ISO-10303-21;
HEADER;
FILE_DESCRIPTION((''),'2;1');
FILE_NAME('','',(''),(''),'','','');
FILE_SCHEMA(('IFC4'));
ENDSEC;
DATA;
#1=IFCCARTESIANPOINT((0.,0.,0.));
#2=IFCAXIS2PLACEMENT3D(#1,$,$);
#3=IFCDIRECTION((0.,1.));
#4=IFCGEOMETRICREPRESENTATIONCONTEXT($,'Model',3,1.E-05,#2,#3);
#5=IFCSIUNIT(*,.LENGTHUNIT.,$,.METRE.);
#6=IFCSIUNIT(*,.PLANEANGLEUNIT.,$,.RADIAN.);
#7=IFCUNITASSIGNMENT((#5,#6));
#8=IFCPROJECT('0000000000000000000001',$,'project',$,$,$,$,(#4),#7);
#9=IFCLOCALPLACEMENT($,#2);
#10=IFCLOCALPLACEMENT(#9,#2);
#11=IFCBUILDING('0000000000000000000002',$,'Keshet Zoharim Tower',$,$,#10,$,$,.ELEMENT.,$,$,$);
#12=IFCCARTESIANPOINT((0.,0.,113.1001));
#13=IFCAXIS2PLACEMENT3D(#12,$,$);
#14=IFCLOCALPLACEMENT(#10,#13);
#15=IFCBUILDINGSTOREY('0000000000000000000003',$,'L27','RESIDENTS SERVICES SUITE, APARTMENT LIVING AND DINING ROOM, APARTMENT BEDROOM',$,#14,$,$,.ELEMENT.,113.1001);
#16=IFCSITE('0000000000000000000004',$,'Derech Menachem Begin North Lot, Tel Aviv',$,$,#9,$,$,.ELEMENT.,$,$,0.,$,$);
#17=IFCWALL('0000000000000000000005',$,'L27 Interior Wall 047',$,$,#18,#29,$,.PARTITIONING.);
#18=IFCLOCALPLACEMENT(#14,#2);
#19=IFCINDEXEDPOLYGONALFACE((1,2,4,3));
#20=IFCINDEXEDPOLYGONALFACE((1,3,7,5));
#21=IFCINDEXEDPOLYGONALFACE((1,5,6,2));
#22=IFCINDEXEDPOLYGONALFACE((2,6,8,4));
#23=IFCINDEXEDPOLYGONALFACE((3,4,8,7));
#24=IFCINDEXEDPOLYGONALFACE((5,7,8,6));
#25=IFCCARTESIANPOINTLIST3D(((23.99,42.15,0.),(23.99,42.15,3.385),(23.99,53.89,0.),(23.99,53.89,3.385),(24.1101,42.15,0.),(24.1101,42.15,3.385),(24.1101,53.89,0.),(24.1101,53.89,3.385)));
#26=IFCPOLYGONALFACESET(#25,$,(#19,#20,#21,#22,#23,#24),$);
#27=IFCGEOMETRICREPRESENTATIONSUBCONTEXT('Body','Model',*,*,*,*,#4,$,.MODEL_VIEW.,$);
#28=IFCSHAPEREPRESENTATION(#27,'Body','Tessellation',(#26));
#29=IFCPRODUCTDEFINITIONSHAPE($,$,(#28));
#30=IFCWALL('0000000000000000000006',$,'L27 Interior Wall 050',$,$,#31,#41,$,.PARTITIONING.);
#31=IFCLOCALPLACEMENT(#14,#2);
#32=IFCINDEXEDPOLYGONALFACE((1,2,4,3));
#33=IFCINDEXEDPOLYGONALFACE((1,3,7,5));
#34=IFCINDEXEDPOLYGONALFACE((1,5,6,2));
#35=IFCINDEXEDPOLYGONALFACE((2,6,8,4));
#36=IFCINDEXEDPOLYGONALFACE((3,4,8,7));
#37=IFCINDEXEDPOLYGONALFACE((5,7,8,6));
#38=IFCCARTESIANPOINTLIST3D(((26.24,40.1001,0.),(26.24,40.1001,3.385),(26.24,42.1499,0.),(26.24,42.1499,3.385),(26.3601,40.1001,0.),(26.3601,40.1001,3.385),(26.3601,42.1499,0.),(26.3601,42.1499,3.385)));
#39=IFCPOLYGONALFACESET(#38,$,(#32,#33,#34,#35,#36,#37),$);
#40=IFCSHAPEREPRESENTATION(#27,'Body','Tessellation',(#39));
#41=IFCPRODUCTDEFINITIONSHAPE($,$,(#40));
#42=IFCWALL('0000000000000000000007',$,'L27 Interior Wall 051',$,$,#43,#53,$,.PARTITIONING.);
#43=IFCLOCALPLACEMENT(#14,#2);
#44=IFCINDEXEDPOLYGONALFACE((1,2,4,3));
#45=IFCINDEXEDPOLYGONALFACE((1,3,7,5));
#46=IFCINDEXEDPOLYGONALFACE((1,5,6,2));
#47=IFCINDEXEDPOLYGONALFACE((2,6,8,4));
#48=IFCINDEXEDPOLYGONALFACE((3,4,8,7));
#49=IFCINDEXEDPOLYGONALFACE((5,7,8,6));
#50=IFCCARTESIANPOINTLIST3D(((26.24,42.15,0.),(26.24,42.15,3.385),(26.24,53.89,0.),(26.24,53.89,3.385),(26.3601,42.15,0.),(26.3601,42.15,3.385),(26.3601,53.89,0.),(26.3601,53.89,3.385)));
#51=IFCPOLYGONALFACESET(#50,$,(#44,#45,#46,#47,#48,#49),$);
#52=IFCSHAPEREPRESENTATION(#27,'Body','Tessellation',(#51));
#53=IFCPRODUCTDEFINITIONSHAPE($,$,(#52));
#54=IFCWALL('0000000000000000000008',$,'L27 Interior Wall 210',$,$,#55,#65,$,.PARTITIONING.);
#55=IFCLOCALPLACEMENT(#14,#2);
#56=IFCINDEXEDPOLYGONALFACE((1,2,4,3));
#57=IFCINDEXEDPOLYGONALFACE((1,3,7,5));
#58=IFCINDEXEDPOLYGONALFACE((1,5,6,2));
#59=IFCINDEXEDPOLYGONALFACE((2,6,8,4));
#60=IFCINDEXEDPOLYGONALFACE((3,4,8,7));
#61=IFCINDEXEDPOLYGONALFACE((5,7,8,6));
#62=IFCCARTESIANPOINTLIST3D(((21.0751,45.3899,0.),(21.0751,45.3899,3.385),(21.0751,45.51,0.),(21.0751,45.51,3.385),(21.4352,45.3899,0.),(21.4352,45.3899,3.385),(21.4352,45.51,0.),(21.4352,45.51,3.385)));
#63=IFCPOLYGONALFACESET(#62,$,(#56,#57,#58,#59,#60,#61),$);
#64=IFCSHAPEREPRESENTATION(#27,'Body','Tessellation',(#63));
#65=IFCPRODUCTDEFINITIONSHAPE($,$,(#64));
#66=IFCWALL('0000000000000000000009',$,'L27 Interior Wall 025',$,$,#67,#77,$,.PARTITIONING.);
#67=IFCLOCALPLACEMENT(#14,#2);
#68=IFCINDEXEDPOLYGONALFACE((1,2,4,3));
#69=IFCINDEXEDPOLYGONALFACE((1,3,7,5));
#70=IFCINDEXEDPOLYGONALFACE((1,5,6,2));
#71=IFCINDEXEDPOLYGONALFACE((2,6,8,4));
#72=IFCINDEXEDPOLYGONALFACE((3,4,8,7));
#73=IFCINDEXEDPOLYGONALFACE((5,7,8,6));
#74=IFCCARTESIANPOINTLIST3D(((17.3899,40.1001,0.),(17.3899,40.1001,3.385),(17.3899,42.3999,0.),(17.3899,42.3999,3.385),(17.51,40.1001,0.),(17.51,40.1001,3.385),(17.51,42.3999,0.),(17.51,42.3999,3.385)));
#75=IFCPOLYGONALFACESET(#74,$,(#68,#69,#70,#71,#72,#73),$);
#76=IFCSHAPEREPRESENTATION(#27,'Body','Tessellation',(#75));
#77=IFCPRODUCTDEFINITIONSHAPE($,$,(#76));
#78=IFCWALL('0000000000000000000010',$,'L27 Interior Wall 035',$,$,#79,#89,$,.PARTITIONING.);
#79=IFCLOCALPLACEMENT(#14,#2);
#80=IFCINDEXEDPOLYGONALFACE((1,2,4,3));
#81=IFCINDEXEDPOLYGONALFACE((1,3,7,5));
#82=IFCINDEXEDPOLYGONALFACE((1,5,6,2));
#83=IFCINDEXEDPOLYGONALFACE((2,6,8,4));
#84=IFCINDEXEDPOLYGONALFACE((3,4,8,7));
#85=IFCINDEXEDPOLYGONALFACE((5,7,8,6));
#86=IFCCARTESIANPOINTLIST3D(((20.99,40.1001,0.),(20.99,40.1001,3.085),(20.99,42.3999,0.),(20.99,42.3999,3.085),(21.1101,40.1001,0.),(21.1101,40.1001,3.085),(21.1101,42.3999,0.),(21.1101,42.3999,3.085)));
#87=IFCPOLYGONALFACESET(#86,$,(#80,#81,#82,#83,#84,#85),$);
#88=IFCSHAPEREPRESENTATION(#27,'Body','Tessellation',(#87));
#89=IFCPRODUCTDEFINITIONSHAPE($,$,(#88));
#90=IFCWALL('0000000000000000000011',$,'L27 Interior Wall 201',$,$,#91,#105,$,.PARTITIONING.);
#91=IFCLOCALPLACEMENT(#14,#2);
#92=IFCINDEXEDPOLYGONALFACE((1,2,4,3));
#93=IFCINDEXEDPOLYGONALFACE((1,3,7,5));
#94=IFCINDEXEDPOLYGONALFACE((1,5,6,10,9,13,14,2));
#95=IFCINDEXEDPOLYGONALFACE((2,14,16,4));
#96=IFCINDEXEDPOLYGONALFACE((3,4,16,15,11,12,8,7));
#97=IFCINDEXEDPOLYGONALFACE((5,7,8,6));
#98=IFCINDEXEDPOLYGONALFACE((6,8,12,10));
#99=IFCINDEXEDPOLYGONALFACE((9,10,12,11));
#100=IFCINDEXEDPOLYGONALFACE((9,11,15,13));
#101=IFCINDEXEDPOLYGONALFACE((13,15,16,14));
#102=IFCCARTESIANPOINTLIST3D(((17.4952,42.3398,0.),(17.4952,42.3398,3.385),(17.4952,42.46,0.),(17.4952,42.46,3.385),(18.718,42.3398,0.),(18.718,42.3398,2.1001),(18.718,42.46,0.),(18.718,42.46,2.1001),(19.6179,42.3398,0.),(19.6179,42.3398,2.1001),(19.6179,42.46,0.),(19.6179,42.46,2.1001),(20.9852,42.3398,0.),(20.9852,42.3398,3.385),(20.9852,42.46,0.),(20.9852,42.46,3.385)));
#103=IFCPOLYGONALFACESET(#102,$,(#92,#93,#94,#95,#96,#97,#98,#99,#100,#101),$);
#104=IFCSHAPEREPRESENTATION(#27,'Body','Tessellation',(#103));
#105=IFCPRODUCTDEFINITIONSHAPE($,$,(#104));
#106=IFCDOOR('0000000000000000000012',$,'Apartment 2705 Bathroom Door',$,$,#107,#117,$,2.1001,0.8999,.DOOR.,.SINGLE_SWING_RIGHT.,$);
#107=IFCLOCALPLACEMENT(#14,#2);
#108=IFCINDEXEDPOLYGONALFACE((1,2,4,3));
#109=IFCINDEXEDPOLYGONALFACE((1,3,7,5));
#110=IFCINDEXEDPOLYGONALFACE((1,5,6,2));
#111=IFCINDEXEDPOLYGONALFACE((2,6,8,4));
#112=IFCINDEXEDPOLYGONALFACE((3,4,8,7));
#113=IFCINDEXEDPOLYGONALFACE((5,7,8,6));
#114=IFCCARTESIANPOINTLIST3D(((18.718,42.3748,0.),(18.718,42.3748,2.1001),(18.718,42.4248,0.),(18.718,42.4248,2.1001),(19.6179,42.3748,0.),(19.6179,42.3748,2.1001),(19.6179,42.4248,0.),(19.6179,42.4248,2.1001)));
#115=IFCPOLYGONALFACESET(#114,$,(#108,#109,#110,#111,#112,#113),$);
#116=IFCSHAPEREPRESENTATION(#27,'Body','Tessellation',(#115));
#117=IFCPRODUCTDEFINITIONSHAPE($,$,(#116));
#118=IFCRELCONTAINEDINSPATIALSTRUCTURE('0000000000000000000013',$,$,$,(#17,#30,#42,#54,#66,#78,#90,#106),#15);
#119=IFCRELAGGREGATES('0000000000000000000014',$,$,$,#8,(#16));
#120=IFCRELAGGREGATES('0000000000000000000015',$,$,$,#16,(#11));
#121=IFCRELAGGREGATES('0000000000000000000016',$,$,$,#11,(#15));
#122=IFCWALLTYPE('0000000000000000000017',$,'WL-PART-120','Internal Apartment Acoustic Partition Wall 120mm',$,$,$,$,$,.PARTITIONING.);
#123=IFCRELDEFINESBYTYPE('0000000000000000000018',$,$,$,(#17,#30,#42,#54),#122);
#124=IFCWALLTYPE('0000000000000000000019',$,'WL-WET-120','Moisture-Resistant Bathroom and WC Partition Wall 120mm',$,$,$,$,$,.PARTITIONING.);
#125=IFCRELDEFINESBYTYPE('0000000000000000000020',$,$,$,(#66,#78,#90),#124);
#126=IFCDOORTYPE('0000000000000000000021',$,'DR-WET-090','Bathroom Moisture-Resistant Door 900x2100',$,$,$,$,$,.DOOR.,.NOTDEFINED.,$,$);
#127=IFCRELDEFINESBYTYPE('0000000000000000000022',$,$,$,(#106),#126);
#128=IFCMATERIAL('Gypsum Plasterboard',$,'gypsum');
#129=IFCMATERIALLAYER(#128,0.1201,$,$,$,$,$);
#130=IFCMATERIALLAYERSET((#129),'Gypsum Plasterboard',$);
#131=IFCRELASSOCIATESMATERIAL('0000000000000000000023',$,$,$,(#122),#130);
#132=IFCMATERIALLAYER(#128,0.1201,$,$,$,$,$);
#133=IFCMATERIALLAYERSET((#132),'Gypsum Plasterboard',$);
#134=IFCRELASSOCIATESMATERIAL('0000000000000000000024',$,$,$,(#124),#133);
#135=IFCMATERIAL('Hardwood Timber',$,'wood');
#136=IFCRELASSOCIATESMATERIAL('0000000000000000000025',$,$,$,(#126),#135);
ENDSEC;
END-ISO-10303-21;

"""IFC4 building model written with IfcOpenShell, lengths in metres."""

from ifc_helpers import new_model, si_unit, direction, frame, frame_2d, origin, place, context, subcontext, project, spatial, rectangle, extrude, material, layer, layer_set, type_object, element, fill, save


model = new_model("IFC4")

# Units and contexts
model_context = context("Model", 3, precision=1e-05, world=origin(), true_north=direction((0.0, 1.0)))
body_context = subcontext(model_context, "Body", "Model", "MODEL_VIEW")
ifc_project = project(units=[si_unit("LENGTHUNIT", "METRE"), si_unit("PLANEANGLEUNIT", "RADIAN")], contexts=[model_context])

# Site, building, storey
site_placement = place(None, origin())
site = spatial("IfcSite", under=ifc_project, at=site_placement, Name="Derech Menachem Begin North Lot, Tel Aviv", CompositionType="ELEMENT", RefElevation=0.0)
building_placement = place(site_placement, origin())
building = spatial("IfcBuilding", under=site, at=building_placement, Name="Keshet Zoharim Tower", CompositionType="ELEMENT")
storey_placement = place(building_placement, frame((0.0, 0.0, 113.1001)))
storey = spatial("IfcBuildingStorey", under=building, at=storey_placement, Name="L27", Description="RESIDENTS SERVICES SUITE, APARTMENT LIVING AND DINING ROOM, APARTMENT BEDROOM", CompositionType="ELEMENT", Elevation=113.1001)

# Shared definitions
ifc_material_1 = material(Name="Gypsum Plasterboard", Category="gypsum")

# Shared definitions
ifc_material_2 = material(Name="Hardwood Timber", Category="wood")

# Walls
ifc_layer_1 = layer(ifc_material_1, 0.1201)
ifc_layer_set_1 = layer_set([ifc_layer_1], Name="Gypsum Plasterboard")
wall_type_1 = type_object("IfcWallType", Name="WL-PART-120", Description="Internal Apartment Acoustic Partition Wall 120mm", PredefinedType="PARTITIONING", material=ifc_layer_set_1)
wall_1_placement = place(storey_placement, frame((24.05, 42.1499, 0.0), z_axis=(0.0, 0.0, 1.0), x_axis=(0.0, 1.0, 0.0)))
element("IfcWall", 1, at=wall_1_placement, inside=storey, type_object=wall_type_1, Name="L27 Interior Wall 047", PredefinedType="PARTITIONING", context=body_context, shape_type="SweptSolid", body=[
    extrude(rectangle(XDim=11.74, YDim=0.1201, at=frame_2d((5.8701, 0.0))), origin(), (0.0, 0.0, 1.0), 3.385),
])
wall_2_placement = place(storey_placement, frame((26.3, 40.1001, 0.0), z_axis=(0.0, 0.0, 1.0), x_axis=(0.0, 1.0, 0.0)))
element("IfcWall", 2, at=wall_2_placement, inside=storey, type_object=wall_type_1, Name="L27 Interior Wall 050", PredefinedType="PARTITIONING", context=body_context, shape_type="SweptSolid", body=[
    extrude(rectangle(XDim=2.0498, YDim=0.1201, at=frame_2d((1.0249, 0.0))), origin(), (0.0, 0.0, 1.0), 3.385),
])
wall_3_placement = place(storey_placement, frame((26.3, 42.1499, 0.0), z_axis=(0.0, 0.0, 1.0), x_axis=(0.0, 1.0, 0.0)))
element("IfcWall", 3, at=wall_3_placement, inside=storey, type_object=wall_type_1, Name="L27 Interior Wall 051", PredefinedType="PARTITIONING", context=body_context, shape_type="SweptSolid", body=[
    extrude(rectangle(XDim=11.74, YDim=0.1201, at=frame_2d((5.8701, 0.0))), origin(), (0.0, 0.0, 1.0), 3.385),
])

# Walls
wall_4_placement = place(storey_placement, frame((21.075, 45.45, 0.0), z_axis=(0.0, 0.0, 1.0), x_axis=(1.0, 0.0, 0.0)))
element("IfcWall", 4, at=wall_4_placement, inside=storey, type_object=wall_type_1, Name="L27 Interior Wall 210", PredefinedType="PARTITIONING", context=body_context, shape_type="SweptSolid", body=[
    extrude(rectangle(XDim=0.3601, YDim=0.1201, at=frame_2d((0.1802, 0.0))), origin(), (0.0, 0.0, 1.0), 3.385),
])
ifc_layer_2 = layer(ifc_material_1, 0.1201)
ifc_layer_set_2 = layer_set([ifc_layer_2], Name="Gypsum Plasterboard")
wall_type_2 = type_object("IfcWallType", Name="WL-WET-120", Description="Moisture-Resistant Bathroom and WC Partition Wall 120mm", PredefinedType="PARTITIONING", material=ifc_layer_set_2)
wall_5_placement = place(storey_placement, frame((17.45, 40.1001, 0.0), z_axis=(0.0, 0.0, 1.0), x_axis=(0.0, 1.0, 0.0)))
element("IfcWall", 5, at=wall_5_placement, inside=storey, type_object=wall_type_2, Name="L27 Interior Wall 025", PredefinedType="PARTITIONING", context=body_context, shape_type="SweptSolid", body=[
    extrude(rectangle(XDim=2.2998, YDim=0.1201, at=frame_2d((1.1499, 0.0))), origin(), (0.0, 0.0, 1.0), 3.385),
])
wall_6_placement = place(storey_placement, frame((21.05, 40.1001, 0.0), z_axis=(0.0, 0.0, 1.0), x_axis=(0.0, 1.0, 0.0)))
element("IfcWall", 6, at=wall_6_placement, inside=storey, type_object=wall_type_2, Name="L27 Interior Wall 035", PredefinedType="PARTITIONING", context=body_context, shape_type="SweptSolid", body=[
    extrude(rectangle(XDim=2.2998, YDim=0.1201, at=frame_2d((1.1499, 0.0))), origin(), (0.0, 0.0, 1.0), 3.085),
])

# Wall, opening, door
wall_7_placement = place(storey_placement, frame((17.4951, 42.3999, 0.0), z_axis=(0.0, 0.0, 1.0), x_axis=(1.0, 0.0, 0.0)))
wall_7 = element("IfcWall", 7, at=wall_7_placement, inside=storey, type_object=wall_type_2, Name="L27 Interior Wall 201", PredefinedType="PARTITIONING", context=body_context, shape_type="SweptSolid", body=[
    extrude(rectangle(XDim=3.49, YDim=0.1201, at=frame_2d((1.7451, 0.0))), origin(), (0.0, 0.0, 1.0), 3.385),
])
opening_1_placement = place(wall_7_placement, frame((1.2229, 0.0, 0.0)))
opening_1 = element("IfcOpeningElement", 8, at=opening_1_placement, cuts=wall_7, PredefinedType="OPENING", context=body_context, shape_type="SweptSolid", body=[
    extrude(rectangle(XDim=0.8999, YDim=2.1001, at=frame_2d((0.45, 1.05))), frame((0.0, 0.0701, 0.0), z_axis=(0.0, -1.0, 0.0), x_axis=(1.0, 0.0, 0.0)), (0.0, 0.0, 1.0), 0.1401),
])
door_type_1 = type_object("IfcDoorType", Name="DR-WET-090", Description="Bathroom Moisture-Resistant Door 900x2100", OperationType="NOTDEFINED", PredefinedType="DOOR", material=ifc_material_2)
door_1_placement = place(opening_1_placement, origin())
door_1 = element("IfcDoor", 9, at=door_1_placement, inside=storey, type_object=door_type_1, Name="Apartment 2705 Bathroom Door", OperationType="SINGLE_SWING_RIGHT", OverallHeight=2.1001, OverallWidth=0.8999, PredefinedType="DOOR", context=body_context, shape_type="SweptSolid", body=[
    extrude(rectangle(XDim=0.8999, YDim=2.1001, at=frame_2d((0.45, 1.05))), frame((0.0, 0.0249, 0.0), z_axis=(0.0, -1.0, 0.0), x_axis=(1.0, 0.0, 0.0)), (0.0, 0.0, 1.0), 0.05),
])
fill(opening_1, door_1)

save(model, "model.ifc")
